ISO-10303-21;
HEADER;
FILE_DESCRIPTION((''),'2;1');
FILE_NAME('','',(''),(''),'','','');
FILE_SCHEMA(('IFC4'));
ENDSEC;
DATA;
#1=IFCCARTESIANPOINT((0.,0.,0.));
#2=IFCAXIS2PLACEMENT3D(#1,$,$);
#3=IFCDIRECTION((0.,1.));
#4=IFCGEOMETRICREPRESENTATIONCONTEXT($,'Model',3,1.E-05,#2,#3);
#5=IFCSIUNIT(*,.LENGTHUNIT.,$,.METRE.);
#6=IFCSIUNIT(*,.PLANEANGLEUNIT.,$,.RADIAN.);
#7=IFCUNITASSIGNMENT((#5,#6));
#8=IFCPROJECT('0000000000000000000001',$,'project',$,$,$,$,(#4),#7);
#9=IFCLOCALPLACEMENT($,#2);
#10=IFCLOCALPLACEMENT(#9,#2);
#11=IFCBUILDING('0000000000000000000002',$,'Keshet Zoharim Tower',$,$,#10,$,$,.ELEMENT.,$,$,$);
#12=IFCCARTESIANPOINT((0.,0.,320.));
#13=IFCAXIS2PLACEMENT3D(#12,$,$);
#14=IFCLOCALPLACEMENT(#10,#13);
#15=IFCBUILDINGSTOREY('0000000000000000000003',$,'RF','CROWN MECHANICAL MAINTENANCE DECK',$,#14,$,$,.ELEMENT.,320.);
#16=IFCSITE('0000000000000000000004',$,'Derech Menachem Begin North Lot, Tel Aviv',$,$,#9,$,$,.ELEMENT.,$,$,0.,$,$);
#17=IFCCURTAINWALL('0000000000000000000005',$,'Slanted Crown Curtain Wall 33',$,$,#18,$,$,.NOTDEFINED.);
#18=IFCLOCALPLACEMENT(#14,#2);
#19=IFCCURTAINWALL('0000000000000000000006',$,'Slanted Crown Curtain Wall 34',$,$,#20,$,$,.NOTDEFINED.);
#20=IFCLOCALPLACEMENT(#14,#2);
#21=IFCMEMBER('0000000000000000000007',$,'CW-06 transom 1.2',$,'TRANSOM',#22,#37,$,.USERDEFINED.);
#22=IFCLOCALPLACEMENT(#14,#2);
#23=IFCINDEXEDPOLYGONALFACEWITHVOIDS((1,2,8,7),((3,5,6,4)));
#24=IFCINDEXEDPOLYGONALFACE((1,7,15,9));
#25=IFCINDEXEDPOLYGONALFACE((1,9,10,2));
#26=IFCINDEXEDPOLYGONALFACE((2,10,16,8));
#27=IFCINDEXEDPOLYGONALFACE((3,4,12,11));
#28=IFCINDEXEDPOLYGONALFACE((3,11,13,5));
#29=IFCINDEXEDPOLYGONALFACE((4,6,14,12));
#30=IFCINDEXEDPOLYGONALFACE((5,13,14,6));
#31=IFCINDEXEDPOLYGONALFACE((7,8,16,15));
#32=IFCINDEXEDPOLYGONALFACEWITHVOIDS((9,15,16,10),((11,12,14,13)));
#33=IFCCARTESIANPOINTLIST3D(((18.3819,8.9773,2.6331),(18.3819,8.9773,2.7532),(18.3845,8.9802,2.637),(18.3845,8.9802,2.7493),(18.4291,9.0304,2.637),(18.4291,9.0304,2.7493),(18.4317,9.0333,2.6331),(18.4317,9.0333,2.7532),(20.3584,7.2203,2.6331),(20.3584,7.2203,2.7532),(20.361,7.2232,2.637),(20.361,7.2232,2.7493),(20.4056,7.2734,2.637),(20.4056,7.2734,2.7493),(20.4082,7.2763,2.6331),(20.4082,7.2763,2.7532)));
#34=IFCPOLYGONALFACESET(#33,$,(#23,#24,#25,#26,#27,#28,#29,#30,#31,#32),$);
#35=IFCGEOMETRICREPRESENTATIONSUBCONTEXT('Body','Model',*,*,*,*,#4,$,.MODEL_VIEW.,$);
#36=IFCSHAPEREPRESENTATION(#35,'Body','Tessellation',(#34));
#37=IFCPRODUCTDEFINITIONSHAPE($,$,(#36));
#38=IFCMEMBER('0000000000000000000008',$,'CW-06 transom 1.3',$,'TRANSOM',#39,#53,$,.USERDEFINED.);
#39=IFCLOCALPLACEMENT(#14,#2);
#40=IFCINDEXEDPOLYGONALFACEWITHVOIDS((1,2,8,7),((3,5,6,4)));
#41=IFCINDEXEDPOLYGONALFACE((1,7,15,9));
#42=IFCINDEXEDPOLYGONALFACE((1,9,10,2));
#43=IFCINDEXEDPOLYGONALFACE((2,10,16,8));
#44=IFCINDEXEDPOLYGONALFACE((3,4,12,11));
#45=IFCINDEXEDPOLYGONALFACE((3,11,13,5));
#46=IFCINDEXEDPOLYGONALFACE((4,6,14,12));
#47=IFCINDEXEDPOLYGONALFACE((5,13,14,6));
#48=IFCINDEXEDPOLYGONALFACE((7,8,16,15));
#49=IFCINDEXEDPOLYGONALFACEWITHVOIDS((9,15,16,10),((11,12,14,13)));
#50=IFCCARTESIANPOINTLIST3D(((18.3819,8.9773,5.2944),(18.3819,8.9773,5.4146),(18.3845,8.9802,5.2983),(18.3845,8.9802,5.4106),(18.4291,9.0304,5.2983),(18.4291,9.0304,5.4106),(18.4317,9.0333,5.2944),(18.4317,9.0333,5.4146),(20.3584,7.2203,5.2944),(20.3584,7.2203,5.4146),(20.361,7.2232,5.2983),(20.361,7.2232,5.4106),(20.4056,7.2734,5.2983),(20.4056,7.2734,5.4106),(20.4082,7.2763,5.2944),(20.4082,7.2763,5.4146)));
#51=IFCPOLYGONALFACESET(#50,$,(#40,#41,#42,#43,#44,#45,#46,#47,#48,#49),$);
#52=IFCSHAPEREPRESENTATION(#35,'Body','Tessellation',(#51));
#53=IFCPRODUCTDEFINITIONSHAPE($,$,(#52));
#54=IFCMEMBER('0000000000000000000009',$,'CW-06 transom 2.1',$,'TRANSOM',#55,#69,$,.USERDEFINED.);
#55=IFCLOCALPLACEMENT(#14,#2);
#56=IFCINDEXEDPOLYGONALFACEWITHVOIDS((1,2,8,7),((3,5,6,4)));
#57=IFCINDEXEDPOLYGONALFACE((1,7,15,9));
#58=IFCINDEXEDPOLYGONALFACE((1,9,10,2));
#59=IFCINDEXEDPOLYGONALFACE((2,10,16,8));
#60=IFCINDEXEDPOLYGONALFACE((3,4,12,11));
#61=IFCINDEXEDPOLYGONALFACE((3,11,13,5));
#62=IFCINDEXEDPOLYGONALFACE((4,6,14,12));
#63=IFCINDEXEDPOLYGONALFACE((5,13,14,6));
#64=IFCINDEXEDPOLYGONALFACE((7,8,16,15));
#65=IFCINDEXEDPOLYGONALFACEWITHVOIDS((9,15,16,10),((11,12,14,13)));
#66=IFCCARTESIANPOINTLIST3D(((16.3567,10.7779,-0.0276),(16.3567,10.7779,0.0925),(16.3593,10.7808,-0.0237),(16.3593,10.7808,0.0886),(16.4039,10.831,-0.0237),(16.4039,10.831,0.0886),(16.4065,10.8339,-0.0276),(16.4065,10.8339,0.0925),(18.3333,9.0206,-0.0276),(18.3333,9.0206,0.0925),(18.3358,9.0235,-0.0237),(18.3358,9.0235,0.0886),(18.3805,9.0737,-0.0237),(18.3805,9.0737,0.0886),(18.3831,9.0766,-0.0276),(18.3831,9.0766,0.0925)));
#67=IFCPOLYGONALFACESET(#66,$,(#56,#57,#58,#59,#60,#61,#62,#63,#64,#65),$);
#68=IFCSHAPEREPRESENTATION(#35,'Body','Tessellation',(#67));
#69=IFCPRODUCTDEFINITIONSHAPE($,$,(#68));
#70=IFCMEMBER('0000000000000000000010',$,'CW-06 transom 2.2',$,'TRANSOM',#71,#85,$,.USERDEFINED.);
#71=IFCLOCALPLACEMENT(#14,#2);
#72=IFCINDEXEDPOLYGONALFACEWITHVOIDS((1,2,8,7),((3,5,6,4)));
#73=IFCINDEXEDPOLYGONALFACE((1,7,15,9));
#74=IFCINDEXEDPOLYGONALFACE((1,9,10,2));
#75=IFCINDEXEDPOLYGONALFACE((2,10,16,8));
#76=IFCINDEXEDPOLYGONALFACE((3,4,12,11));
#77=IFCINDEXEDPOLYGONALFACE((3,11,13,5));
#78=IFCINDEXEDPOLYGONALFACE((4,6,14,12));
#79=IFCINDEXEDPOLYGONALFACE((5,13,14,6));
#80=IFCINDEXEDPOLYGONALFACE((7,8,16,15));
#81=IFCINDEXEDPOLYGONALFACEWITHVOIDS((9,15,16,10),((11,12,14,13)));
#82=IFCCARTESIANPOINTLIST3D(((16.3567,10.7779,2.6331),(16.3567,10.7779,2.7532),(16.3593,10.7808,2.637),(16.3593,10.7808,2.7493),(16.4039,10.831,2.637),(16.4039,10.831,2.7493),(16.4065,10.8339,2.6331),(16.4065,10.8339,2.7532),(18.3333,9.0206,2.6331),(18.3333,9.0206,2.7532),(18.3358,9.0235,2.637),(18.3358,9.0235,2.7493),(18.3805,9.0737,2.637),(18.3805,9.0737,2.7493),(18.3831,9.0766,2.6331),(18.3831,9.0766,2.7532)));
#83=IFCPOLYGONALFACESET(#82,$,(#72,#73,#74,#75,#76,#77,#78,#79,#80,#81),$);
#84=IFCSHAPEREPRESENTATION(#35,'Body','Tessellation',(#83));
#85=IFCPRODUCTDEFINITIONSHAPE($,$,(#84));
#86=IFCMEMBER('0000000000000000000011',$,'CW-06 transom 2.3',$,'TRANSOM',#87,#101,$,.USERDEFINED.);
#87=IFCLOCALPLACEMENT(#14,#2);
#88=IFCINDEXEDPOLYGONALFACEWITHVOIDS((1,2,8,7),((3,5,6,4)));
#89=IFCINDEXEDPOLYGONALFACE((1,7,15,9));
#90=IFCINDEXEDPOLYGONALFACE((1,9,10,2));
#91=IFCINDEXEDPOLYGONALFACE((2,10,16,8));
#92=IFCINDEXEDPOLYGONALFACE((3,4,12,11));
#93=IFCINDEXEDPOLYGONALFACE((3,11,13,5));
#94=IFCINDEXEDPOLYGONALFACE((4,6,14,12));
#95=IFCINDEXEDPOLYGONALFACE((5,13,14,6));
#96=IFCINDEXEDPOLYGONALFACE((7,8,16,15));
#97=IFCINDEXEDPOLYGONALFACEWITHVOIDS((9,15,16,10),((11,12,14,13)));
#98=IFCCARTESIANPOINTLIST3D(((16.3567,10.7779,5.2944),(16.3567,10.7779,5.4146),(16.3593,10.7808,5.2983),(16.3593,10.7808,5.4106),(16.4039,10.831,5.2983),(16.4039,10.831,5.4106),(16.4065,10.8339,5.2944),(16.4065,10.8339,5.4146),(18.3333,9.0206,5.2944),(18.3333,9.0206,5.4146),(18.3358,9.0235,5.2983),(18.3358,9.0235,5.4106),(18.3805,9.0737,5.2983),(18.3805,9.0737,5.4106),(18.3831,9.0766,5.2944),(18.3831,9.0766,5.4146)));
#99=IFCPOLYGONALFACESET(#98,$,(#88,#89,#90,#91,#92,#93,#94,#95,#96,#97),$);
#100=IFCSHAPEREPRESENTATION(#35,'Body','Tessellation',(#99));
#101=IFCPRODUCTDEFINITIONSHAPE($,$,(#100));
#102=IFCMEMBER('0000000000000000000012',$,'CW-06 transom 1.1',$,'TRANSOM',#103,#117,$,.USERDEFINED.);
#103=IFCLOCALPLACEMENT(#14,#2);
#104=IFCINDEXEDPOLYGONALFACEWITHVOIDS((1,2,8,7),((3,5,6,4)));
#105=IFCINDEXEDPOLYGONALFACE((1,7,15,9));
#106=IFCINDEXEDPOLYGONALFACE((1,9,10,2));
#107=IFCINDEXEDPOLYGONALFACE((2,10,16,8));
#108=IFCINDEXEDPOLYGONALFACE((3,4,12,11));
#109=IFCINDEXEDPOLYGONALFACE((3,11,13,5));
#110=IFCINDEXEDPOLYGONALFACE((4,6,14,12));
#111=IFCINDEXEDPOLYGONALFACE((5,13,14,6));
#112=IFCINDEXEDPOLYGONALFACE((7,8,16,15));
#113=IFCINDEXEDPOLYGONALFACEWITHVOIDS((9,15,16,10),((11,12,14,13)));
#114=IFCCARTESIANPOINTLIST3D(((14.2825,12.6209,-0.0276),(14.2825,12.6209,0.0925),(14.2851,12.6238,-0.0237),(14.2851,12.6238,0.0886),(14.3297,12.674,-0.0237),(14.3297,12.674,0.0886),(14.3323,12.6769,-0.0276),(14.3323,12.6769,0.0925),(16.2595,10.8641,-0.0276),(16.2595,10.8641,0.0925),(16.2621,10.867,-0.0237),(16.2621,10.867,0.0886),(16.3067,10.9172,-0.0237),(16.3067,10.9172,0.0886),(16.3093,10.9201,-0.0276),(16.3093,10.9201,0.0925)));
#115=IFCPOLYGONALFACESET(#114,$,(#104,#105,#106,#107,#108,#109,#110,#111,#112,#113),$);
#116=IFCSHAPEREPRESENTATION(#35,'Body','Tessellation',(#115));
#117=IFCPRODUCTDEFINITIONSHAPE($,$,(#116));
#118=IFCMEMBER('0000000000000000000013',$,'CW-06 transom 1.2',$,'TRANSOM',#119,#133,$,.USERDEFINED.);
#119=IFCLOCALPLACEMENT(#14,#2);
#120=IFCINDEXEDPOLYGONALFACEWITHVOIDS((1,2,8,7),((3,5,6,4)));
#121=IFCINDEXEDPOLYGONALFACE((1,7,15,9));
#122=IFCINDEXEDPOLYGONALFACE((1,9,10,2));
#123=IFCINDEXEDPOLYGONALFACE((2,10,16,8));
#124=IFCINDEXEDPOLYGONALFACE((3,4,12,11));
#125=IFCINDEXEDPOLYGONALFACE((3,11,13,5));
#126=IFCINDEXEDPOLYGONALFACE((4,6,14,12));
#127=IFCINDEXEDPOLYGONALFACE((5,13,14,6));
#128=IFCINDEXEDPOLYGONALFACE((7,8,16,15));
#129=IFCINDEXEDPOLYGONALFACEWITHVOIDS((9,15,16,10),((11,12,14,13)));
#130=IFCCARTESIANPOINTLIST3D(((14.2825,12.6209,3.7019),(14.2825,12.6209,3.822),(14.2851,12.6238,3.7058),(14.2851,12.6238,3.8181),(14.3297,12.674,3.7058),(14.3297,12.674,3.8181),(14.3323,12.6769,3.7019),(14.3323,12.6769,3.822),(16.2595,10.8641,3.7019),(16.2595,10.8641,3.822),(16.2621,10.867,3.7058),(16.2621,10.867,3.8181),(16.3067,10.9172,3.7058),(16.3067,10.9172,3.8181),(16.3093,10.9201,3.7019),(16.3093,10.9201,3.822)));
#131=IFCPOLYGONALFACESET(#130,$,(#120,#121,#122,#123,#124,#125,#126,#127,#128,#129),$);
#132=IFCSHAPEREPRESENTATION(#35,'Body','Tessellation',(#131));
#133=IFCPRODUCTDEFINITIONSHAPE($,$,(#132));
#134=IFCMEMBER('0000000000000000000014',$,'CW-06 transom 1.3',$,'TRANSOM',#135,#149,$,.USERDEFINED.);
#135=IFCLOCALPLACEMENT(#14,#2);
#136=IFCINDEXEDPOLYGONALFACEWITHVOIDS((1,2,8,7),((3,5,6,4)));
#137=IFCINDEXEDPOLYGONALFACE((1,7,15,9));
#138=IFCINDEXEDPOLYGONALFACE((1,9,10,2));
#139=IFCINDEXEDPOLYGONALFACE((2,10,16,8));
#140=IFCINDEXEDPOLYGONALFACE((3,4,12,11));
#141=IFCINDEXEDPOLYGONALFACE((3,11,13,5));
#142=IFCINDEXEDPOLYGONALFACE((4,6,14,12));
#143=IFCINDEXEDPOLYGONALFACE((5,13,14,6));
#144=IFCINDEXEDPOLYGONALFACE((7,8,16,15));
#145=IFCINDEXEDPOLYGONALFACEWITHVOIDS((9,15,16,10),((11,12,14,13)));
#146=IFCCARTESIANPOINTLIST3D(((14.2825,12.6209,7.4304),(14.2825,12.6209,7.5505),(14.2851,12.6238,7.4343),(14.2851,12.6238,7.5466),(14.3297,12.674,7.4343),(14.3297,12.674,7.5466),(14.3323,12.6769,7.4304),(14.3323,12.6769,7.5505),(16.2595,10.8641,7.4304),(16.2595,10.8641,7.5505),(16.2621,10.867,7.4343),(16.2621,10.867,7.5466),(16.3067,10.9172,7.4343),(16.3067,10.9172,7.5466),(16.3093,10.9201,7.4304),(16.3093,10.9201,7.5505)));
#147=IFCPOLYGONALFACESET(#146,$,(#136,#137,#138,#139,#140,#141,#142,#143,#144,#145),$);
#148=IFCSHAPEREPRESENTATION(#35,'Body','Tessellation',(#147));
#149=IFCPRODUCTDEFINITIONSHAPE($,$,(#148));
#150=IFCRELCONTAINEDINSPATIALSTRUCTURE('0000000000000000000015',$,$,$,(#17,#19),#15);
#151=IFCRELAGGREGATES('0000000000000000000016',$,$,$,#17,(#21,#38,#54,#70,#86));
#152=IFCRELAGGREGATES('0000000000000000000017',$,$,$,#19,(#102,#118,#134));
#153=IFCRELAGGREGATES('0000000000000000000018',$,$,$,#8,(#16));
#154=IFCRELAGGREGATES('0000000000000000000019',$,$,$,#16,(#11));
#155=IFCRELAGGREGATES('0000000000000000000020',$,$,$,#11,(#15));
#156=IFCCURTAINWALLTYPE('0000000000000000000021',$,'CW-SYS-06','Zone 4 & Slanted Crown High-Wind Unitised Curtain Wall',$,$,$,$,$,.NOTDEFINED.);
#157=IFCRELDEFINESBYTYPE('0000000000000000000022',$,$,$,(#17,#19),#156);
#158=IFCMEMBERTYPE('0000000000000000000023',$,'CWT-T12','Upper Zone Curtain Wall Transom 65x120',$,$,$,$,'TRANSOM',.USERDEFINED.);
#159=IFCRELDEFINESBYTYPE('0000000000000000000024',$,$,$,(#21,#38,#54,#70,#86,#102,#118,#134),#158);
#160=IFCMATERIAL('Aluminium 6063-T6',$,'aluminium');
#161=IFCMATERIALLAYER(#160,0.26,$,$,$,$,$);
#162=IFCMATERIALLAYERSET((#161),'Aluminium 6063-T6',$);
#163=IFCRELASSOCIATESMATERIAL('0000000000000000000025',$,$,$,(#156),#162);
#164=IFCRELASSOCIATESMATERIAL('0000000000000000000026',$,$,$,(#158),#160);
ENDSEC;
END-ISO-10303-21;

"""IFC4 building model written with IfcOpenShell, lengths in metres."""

from ifc_helpers import new_model, si_unit, direction, frame, origin, origin_2d, place, context, subcontext, project, spatial, hollow_rectangle, extrude, material, layer, layer_set, material_profile, profile_set, type_object, element, aggregate, save


model = new_model("IFC4")

# Units and contexts
model_context = context("Model", 3, precision=1e-05, world=origin(), true_north=direction((0.0, 1.0)))
body_context = subcontext(model_context, "Body", "Model", "MODEL_VIEW")
ifc_project = project(units=[si_unit("LENGTHUNIT", "METRE"), si_unit("PLANEANGLEUNIT", "RADIAN")], contexts=[model_context])

# Site, building, storey
site_placement = place(None, origin())
site = spatial("IfcSite", under=ifc_project, at=site_placement, Name="Derech Menachem Begin North Lot, Tel Aviv", CompositionType="ELEMENT", RefElevation=0.0)
building_placement = place(site_placement, origin())
building = spatial("IfcBuilding", under=site, at=building_placement, Name="Keshet Zoharim Tower", CompositionType="ELEMENT")
storey_placement = place(building_placement, frame((0.0, 0.0, 320.0)))
storey = spatial("IfcBuildingStorey", under=building, at=storey_placement, Name="RF", Description="CROWN MECHANICAL MAINTENANCE DECK", CompositionType="ELEMENT", Elevation=320.0)

# Shared definitions
ifc_material_1 = material(Name="Aluminium 6063-T6", Category="aluminium")
ifc_layer_1 = layer(ifc_material_1, 0.26)
ifc_layer_set_1 = layer_set([ifc_layer_1], Name="Aluminium 6063-T6")
curtain_wall_type = type_object("IfcCurtainWallType", Name="CW-SYS-06", Description="Zone 4 & Slanted Crown High-Wind Unitised Curtain Wall", PredefinedType="NOTDEFINED", material=ifc_layer_set_1)

# Curtain wall
curtain_wall_1_placement = place(storey_placement, origin())
curtain_wall_1 = element("IfcCurtainWall", 1, at=curtain_wall_1_placement, inside=storey, type_object=curtain_wall_type, Name="Slanted Crown Curtain Wall 33", PredefinedType="NOTDEFINED")

# Curtain wall
curtain_wall_2_placement = place(storey_placement, origin())
curtain_wall_2 = element("IfcCurtainWall", 2, at=curtain_wall_2_placement, inside=storey, type_object=curtain_wall_type, Name="Slanted Crown Curtain Wall 34", PredefinedType="NOTDEFINED")

# Members
ifc_material_profile_1 = material_profile(ifc_material_1, hollow_rectangle(XDim=0.075, YDim=0.1201, WallThickness=0.0039, at=origin_2d()), Name="TRN-75x120")
ifc_profile_set_1 = profile_set([ifc_material_profile_1], Name="Aluminium 6063-T6")
member_type_1 = type_object("IfcMemberType", Name="CWT-T12", Description="Upper Zone Curtain Wall Transom 65x120", ElementType="TRANSOM", PredefinedType="USERDEFINED", material=ifc_profile_set_1)
member_1_placement = place(storey_placement, frame((20.3833, 7.2483, 2.6931), z_axis=(-0.747384, 0.664392, 0.0), x_axis=(-0.664392, -0.747384, 0.0)))
member_1 = element("IfcMember", 3, at=member_1_placement, type_object=member_type_1, Name="CW-06 transom 1.2", ObjectType="TRANSOM", PredefinedType="USERDEFINED", context=body_context, shape_type="SweptSolid", body=[
    extrude(hollow_rectangle(XDim=0.075, YDim=0.1201, WallThickness=0.0039, at=origin_2d()), origin(), (0.0, 0.0, 1.0), 2.6445),
])
member_2_placement = place(storey_placement, frame((20.3833, 7.2483, 5.3545), z_axis=(-0.747384, 0.664392, 0.0), x_axis=(-0.664392, -0.747384, 0.0)))
member_2 = element("IfcMember", 4, at=member_2_placement, type_object=member_type_1, Name="CW-06 transom 1.3", ObjectType="TRANSOM", PredefinedType="USERDEFINED", context=body_context, shape_type="SweptSolid", body=[
    extrude(hollow_rectangle(XDim=0.075, YDim=0.1201, WallThickness=0.0039, at=origin_2d()), origin(), (0.0, 0.0, 1.0), 2.6445),
])
member_3_placement = place(storey_placement, frame((18.3582, 9.0486, 0.0325), z_axis=(-0.747338, 0.664444, 0.0), x_axis=(-0.664444, -0.747338, 0.0)))
member_3 = element("IfcMember", 5, at=member_3_placement, type_object=member_type_1, Name="CW-06 transom 2.1", ObjectType="TRANSOM", PredefinedType="USERDEFINED", context=body_context, shape_type="SweptSolid", body=[
    extrude(hollow_rectangle(XDim=0.075, YDim=0.1201, WallThickness=0.0039, at=origin_2d()), origin(), (0.0, 0.0, 1.0), 2.6448),
])
member_4_placement = place(storey_placement, frame((18.3582, 9.0486, 2.6931), z_axis=(-0.747338, 0.664444, 0.0), x_axis=(-0.664444, -0.747338, 0.0)))
member_4 = element("IfcMember", 6, at=member_4_placement, type_object=member_type_1, Name="CW-06 transom 2.2", ObjectType="TRANSOM", PredefinedType="USERDEFINED", context=body_context, shape_type="SweptSolid", body=[
    extrude(hollow_rectangle(XDim=0.075, YDim=0.1201, WallThickness=0.0039, at=origin_2d()), origin(), (0.0, 0.0, 1.0), 2.6448),
])
member_5_placement = place(storey_placement, frame((18.3582, 9.0486, 5.3545), z_axis=(-0.747338, 0.664444, 0.0), x_axis=(-0.664444, -0.747338, 0.0)))
member_5 = element("IfcMember", 7, at=member_5_placement, type_object=member_type_1, Name="CW-06 transom 2.3", ObjectType="TRANSOM", PredefinedType="USERDEFINED", context=body_context, shape_type="SweptSolid", body=[
    extrude(hollow_rectangle(XDim=0.075, YDim=0.1201, WallThickness=0.0039, at=origin_2d()), origin(), (0.0, 0.0, 1.0), 2.6448),
])
member_6_placement = place(storey_placement, frame((16.2844, 10.8921, 0.0325), z_axis=(-0.747511, 0.664249, 0.0), x_axis=(-0.664249, -0.747511, 0.0)))
member_6 = element("IfcMember", 8, at=member_6_placement, type_object=member_type_1, Name="CW-06 transom 1.1", ObjectType="TRANSOM", PredefinedType="USERDEFINED", context=body_context, shape_type="SweptSolid", body=[
    extrude(hollow_rectangle(XDim=0.075, YDim=0.1201, WallThickness=0.0039, at=origin_2d()), origin(), (0.0, 0.0, 1.0), 2.6448),
])
member_7_placement = place(storey_placement, frame((16.2844, 10.8921, 3.762), z_axis=(-0.747511, 0.664249, 0.0), x_axis=(-0.664249, -0.747511, 0.0)))
member_7 = element("IfcMember", 9, at=member_7_placement, type_object=member_type_1, Name="CW-06 transom 1.2", ObjectType="TRANSOM", PredefinedType="USERDEFINED", context=body_context, shape_type="SweptSolid", body=[
    extrude(hollow_rectangle(XDim=0.075, YDim=0.1201, WallThickness=0.0039, at=origin_2d()), origin(), (0.0, 0.0, 1.0), 2.6448),
])
member_8_placement = place(storey_placement, frame((16.2844, 10.8921, 7.4905), z_axis=(-0.747511, 0.664249, 0.0), x_axis=(-0.664249, -0.747511, 0.0)))
member_8 = element("IfcMember", 10, at=member_8_placement, type_object=member_type_1, Name="CW-06 transom 1.3", ObjectType="TRANSOM", PredefinedType="USERDEFINED", context=body_context, shape_type="SweptSolid", body=[
    extrude(hollow_rectangle(XDim=0.075, YDim=0.1201, WallThickness=0.0039, at=origin_2d()), origin(), (0.0, 0.0, 1.0), 2.6448),
])

aggregate(curtain_wall_1, [member_1, member_2, member_3, member_4, member_5])
aggregate(curtain_wall_2, [member_6, member_7, member_8])

save(model, "model.ifc")
